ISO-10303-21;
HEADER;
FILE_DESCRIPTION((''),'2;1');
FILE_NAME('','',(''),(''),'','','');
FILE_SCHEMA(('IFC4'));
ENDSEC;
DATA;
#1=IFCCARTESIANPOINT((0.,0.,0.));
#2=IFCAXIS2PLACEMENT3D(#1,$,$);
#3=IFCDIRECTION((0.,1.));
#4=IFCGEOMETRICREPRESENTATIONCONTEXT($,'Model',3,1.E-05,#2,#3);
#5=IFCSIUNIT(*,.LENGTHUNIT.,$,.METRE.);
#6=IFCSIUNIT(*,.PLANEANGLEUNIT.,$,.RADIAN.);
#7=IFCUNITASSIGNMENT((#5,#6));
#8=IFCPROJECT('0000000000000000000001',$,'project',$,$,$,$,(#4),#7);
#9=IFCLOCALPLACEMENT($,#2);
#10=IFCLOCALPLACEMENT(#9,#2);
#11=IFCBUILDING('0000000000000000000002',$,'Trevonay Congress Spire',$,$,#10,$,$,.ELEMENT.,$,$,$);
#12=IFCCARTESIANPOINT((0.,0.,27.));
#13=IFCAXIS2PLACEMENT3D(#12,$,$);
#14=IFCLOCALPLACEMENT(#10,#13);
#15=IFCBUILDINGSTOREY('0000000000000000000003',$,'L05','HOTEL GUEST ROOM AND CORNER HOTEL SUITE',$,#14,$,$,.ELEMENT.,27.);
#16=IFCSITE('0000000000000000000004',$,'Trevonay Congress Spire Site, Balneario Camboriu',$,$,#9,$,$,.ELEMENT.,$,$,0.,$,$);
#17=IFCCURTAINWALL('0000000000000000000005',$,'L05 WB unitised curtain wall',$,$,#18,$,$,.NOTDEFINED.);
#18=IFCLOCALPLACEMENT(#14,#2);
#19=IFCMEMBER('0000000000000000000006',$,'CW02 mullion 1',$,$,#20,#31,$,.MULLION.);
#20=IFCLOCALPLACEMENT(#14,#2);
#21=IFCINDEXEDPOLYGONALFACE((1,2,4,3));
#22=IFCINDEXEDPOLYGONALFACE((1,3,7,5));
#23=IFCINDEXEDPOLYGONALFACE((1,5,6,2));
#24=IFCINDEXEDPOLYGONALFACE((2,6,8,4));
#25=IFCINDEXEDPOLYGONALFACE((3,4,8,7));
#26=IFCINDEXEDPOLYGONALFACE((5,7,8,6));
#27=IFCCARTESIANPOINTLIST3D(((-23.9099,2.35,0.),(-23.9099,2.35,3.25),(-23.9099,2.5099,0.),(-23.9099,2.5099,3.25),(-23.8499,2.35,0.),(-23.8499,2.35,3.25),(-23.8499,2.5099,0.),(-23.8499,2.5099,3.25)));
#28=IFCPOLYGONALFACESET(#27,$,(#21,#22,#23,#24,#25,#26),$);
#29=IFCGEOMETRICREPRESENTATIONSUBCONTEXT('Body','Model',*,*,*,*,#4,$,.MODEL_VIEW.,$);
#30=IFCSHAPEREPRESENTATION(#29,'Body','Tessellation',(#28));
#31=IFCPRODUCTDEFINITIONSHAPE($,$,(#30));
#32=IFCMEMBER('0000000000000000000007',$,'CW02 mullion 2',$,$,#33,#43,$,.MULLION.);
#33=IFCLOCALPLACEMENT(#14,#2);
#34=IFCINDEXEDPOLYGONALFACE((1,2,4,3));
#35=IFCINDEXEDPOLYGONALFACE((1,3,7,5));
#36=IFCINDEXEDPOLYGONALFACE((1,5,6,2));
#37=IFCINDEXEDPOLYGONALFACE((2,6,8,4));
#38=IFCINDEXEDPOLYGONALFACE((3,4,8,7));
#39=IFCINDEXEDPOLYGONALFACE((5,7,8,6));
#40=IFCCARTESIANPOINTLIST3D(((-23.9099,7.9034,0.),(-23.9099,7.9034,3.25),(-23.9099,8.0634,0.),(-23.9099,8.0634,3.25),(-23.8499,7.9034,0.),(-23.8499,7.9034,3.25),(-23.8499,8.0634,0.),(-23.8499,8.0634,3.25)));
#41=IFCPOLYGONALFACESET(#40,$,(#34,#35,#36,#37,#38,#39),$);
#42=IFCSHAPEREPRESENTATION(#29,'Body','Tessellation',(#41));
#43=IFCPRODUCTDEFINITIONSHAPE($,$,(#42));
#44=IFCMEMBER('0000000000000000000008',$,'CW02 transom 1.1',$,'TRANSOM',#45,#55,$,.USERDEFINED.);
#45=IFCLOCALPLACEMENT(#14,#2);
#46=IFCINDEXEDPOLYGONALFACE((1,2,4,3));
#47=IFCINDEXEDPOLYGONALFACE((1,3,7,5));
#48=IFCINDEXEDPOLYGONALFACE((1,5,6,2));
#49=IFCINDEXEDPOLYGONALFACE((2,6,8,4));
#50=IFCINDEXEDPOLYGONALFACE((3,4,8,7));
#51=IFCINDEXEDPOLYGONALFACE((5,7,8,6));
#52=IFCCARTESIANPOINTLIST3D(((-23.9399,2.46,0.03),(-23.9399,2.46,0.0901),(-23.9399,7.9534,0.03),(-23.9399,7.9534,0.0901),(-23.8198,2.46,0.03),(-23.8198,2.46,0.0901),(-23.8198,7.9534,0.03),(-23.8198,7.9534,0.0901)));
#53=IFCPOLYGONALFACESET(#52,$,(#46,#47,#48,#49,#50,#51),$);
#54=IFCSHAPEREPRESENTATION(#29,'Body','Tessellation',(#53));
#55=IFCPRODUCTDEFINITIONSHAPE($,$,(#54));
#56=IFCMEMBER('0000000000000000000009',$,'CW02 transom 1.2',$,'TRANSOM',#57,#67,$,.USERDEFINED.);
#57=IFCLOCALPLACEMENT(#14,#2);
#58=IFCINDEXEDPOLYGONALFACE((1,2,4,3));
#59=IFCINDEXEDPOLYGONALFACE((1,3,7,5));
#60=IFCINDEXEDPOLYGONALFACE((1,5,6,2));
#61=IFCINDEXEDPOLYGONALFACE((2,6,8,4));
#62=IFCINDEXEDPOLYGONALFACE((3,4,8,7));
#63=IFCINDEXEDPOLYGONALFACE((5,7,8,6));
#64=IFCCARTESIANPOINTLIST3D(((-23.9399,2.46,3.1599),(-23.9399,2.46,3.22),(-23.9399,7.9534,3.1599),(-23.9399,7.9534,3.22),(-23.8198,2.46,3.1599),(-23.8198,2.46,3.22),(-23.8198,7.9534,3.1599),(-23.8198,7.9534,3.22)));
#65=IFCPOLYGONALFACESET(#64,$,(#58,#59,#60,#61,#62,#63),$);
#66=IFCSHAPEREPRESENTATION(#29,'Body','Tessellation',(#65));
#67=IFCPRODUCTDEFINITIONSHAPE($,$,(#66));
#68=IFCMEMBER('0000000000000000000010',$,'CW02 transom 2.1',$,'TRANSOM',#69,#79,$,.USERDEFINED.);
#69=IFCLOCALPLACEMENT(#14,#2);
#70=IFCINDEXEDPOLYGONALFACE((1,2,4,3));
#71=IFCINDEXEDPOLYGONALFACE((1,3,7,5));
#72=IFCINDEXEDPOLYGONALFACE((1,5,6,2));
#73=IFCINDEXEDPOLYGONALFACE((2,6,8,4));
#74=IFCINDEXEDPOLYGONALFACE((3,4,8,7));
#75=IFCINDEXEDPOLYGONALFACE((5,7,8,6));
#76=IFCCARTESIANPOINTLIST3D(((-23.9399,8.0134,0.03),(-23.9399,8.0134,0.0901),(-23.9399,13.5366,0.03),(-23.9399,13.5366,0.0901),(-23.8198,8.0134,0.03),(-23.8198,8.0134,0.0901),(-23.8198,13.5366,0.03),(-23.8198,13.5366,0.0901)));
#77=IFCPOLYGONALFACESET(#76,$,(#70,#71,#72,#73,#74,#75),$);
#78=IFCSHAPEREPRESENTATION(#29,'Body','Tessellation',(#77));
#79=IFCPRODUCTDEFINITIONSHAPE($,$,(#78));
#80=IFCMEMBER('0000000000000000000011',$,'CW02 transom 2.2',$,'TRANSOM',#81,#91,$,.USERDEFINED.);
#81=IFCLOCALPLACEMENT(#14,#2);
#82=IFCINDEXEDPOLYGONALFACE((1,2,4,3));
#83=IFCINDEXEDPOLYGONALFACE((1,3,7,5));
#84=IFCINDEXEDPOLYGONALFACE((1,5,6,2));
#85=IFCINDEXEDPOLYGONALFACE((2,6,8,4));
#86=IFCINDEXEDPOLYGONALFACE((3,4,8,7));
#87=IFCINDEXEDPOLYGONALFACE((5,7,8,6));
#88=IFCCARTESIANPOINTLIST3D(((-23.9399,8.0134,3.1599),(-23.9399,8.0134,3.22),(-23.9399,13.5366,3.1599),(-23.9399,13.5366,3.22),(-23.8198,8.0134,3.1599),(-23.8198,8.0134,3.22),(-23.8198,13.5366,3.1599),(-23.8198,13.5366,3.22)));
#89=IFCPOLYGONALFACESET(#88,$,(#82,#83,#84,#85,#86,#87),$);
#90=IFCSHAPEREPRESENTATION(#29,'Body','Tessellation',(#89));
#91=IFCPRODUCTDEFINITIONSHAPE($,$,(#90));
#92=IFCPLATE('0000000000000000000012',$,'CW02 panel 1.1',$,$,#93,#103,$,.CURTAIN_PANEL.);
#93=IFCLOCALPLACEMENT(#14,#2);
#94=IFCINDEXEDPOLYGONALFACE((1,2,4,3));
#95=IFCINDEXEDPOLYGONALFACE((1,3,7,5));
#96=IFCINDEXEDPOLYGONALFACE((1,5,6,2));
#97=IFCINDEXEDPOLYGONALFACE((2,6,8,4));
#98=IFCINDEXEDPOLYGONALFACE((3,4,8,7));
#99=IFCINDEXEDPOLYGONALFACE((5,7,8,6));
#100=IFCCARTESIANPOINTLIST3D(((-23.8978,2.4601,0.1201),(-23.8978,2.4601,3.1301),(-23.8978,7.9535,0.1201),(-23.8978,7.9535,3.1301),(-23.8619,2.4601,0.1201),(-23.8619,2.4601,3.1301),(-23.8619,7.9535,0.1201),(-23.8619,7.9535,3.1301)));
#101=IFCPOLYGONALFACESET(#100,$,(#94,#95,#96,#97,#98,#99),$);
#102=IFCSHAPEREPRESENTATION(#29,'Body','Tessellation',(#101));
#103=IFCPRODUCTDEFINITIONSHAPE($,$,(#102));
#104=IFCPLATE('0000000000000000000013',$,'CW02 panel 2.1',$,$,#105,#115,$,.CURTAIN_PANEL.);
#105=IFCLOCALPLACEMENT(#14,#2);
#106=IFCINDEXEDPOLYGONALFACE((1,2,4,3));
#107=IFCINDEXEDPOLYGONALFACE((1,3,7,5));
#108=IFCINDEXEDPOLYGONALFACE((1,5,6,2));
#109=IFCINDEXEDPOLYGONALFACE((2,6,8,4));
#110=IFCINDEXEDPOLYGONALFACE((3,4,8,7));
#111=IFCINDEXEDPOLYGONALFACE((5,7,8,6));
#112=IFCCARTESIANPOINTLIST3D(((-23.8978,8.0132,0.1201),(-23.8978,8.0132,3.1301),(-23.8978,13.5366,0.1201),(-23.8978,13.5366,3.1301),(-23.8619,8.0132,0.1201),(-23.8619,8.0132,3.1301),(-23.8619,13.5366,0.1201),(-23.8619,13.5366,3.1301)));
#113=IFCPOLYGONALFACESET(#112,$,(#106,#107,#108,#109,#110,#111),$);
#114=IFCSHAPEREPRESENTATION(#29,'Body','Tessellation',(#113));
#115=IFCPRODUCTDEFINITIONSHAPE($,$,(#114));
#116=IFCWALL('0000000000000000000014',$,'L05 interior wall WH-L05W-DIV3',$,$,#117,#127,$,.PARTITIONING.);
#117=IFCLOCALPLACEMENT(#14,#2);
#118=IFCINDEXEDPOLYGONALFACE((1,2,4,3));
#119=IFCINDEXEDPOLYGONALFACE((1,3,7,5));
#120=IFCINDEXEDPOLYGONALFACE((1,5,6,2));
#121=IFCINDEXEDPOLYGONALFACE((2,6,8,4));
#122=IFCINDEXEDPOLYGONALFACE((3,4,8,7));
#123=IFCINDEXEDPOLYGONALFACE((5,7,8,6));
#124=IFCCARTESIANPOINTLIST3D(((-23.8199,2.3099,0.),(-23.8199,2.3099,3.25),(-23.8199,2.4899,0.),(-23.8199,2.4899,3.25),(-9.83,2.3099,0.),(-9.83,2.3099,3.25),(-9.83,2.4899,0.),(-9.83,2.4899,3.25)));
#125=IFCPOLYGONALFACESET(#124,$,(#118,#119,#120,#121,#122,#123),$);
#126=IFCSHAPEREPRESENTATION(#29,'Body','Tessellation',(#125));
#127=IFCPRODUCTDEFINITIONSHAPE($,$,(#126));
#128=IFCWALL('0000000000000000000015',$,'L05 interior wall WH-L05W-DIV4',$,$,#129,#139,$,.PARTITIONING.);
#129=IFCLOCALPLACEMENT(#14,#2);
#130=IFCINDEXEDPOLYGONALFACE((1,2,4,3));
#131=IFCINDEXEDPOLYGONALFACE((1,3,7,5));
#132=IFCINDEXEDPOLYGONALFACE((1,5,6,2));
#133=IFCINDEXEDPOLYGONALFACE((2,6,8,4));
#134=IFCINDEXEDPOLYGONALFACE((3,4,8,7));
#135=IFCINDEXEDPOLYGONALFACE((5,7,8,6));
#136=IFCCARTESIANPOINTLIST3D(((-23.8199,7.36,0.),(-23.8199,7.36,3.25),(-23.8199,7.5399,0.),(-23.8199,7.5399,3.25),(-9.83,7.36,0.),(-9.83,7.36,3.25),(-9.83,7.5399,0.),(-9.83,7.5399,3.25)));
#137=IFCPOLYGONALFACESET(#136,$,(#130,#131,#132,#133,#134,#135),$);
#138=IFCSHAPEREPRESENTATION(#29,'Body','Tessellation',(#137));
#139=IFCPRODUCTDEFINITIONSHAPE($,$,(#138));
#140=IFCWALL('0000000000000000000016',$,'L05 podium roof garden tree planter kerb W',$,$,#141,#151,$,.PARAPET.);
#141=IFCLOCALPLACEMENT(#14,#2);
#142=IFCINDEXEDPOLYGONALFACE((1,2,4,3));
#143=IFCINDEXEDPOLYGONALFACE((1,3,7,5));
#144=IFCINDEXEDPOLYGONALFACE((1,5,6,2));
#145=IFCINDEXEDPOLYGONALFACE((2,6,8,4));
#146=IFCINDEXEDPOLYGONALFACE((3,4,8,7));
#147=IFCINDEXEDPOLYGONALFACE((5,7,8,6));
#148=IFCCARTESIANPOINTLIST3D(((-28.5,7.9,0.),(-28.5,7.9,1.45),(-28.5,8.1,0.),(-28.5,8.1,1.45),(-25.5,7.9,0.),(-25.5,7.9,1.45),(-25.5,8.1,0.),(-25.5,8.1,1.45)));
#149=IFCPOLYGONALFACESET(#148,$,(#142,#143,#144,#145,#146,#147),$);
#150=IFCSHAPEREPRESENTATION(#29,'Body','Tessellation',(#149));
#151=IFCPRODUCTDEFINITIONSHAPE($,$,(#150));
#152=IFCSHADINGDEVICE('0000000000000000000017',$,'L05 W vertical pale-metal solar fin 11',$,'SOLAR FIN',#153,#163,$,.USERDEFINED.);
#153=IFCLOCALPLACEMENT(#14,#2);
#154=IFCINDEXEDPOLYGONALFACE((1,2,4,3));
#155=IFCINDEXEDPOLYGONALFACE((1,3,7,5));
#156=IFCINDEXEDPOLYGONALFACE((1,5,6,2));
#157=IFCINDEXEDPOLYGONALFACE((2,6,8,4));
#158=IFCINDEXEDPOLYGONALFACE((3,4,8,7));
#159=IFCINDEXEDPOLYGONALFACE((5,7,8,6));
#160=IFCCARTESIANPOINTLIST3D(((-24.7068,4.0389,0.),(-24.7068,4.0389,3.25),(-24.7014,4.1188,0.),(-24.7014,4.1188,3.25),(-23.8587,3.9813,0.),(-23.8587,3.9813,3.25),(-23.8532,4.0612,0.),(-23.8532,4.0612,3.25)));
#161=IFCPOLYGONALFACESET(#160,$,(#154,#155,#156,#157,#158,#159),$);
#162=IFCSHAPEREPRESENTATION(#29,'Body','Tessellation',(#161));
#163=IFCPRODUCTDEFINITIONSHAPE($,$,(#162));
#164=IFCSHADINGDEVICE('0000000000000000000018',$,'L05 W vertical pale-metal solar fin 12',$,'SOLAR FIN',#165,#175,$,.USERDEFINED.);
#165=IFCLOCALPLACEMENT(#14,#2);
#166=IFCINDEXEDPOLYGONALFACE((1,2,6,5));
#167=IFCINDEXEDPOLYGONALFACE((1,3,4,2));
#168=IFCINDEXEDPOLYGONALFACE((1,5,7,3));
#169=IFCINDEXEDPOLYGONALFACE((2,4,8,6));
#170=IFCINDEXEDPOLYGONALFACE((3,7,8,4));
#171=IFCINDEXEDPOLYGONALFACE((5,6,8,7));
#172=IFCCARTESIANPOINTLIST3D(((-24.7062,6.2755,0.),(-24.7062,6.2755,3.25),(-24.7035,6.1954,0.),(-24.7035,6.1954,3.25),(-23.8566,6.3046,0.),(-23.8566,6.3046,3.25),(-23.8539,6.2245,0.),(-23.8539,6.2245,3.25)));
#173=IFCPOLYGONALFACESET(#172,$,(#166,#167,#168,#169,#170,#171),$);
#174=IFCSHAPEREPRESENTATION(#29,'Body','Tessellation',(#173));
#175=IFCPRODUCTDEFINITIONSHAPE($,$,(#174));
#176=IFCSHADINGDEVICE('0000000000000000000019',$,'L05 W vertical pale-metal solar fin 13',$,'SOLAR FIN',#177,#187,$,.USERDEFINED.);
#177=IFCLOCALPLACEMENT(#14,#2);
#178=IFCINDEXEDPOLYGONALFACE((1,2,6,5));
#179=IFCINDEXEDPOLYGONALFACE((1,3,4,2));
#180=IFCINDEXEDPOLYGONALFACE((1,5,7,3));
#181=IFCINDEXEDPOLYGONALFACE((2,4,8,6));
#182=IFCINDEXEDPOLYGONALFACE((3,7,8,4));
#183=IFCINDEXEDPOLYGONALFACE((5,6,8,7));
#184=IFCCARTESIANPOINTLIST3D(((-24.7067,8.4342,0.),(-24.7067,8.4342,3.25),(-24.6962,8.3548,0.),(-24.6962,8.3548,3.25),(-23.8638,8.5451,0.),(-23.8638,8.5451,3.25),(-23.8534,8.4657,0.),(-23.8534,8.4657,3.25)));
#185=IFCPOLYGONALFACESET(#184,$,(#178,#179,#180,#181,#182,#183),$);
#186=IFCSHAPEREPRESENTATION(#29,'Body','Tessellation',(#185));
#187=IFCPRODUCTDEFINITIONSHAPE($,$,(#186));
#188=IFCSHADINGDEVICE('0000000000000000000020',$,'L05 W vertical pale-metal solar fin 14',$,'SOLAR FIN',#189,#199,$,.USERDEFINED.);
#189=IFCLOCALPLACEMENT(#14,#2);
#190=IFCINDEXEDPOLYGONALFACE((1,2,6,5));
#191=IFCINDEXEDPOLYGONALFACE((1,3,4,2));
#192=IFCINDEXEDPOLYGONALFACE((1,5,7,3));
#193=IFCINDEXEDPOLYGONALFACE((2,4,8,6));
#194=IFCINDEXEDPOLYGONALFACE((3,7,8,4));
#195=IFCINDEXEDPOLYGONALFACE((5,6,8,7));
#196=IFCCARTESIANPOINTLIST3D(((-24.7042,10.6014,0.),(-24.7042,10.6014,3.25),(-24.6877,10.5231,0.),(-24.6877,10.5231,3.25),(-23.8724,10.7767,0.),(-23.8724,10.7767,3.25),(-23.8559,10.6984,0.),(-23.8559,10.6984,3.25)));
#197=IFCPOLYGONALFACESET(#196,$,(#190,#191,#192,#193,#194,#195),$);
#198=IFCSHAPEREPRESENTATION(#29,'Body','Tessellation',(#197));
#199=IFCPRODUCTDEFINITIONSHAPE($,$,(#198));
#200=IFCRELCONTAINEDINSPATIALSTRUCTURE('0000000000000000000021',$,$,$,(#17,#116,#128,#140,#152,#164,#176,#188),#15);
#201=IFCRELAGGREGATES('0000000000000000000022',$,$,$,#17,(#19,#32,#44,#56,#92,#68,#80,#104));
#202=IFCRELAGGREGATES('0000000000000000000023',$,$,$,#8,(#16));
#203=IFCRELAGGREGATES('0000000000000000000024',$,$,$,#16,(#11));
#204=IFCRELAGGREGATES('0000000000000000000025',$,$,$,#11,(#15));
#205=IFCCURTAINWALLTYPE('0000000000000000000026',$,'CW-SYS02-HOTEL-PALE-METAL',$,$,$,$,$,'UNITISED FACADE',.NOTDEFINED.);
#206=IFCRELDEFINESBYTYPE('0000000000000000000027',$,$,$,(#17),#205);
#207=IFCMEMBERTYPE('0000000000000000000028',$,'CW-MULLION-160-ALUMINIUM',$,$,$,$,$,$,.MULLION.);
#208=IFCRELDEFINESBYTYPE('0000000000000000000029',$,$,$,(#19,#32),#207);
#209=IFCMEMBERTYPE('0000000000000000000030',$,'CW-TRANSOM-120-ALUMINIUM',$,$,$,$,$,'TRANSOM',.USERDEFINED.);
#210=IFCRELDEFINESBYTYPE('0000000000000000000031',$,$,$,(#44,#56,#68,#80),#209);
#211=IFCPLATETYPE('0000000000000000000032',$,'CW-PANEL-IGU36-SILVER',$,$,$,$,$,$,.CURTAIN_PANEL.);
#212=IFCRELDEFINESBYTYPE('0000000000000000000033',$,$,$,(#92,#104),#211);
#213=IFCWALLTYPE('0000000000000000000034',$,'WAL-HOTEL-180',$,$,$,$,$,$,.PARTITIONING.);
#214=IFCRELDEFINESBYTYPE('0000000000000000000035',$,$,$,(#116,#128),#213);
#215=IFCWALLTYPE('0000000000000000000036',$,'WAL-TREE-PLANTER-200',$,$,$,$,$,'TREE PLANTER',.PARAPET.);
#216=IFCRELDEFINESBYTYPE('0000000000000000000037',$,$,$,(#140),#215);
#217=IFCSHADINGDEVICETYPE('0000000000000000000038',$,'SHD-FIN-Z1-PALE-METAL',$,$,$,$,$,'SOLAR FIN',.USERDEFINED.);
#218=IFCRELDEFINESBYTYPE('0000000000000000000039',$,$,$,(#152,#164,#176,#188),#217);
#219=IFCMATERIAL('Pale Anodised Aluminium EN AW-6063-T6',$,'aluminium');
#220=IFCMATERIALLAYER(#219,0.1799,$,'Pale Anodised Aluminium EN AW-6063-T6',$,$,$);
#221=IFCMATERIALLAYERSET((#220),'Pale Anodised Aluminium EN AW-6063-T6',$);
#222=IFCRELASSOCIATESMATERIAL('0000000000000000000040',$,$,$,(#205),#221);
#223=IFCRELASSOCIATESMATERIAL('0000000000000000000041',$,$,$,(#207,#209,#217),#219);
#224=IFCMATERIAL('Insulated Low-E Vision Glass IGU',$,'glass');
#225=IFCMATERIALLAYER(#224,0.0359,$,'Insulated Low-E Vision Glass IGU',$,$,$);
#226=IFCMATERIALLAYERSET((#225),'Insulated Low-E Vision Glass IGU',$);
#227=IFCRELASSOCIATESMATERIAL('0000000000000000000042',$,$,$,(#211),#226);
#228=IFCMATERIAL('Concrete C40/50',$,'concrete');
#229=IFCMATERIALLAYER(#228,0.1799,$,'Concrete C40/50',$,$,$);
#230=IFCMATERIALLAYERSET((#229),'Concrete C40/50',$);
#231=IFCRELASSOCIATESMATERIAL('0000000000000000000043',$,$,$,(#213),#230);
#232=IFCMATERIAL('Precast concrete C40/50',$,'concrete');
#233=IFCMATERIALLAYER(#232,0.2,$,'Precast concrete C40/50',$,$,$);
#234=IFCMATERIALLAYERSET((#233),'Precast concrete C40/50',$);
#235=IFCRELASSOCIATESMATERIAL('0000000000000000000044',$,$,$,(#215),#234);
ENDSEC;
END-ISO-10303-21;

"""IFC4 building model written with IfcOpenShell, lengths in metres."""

from ifc_helpers import new_model, si_unit, direction, frame, frame_2d, origin, origin_2d, place, context, subcontext, project, spatial, rectangle, extrude, material, layer, layer_set, material_profile, profile_set, type_object, element, aggregate, save


model = new_model("IFC4")

# Units and contexts
model_context = context("Model", 3, precision=1e-05, world=origin(), true_north=direction((0.0, 1.0)))
body_context = subcontext(model_context, "Body", "Model", "MODEL_VIEW")
ifc_project = project(units=[si_unit("LENGTHUNIT", "METRE"), si_unit("PLANEANGLEUNIT", "RADIAN")], contexts=[model_context])

# Site, building, storey
site_placement = place(None, origin())
site = spatial("IfcSite", under=ifc_project, at=site_placement, Name="Trevonay Congress Spire Site, Balneario Camboriu", CompositionType="ELEMENT", RefElevation=0.0)
building_placement = place(site_placement, origin())
building = spatial("IfcBuilding", under=site, at=building_placement, Name="Trevonay Congress Spire", CompositionType="ELEMENT")
storey_placement = place(building_placement, frame((0.0, 0.0, 27.0)))
storey = spatial("IfcBuildingStorey", under=building, at=storey_placement, Name="L05", Description="HOTEL GUEST ROOM AND CORNER HOTEL SUITE", CompositionType="ELEMENT", Elevation=27.0)

# Curtain wall, members, plates
ifc_material_1 = material(Name="Pale Anodised Aluminium EN AW-6063-T6", Category="aluminium")
ifc_layer_1 = layer(ifc_material_1, 0.1799, Name="Pale Anodised Aluminium EN AW-6063-T6")
ifc_layer_set_1 = layer_set([ifc_layer_1], Name="Pale Anodised Aluminium EN AW-6063-T6")
curtain_wall_type = type_object("IfcCurtainWallType", Name="CW-SYS02-HOTEL-PALE-METAL", ElementType="UNITISED FACADE", PredefinedType="NOTDEFINED", material=ifc_layer_set_1)
curtain_wall_placement = place(storey_placement, origin())
curtain_wall = element("IfcCurtainWall", 1, at=curtain_wall_placement, inside=storey, type_object=curtain_wall_type, Name="L05 WB unitised curtain wall", PredefinedType="NOTDEFINED")
ifc_material_profile_1 = material_profile(ifc_material_1, rectangle(XDim=0.0601, YDim=0.1599, at=origin_2d()), Name="CW-MULLION-160-ALUMINIUM")
ifc_profile_set_1 = profile_set([ifc_material_profile_1], Name="Pale Anodised Aluminium EN AW-6063-T6")
member_type_1 = type_object("IfcMemberType", Name="CW-MULLION-160-ALUMINIUM", PredefinedType="MULLION", material=ifc_profile_set_1)
member_1_placement = place(storey_placement, frame((-23.8799, 2.4299, 0.0), z_axis=(0.0, 0.0, 1.0), x_axis=(-1.0, 0.0, 0.0)))
member_1 = element("IfcMember", 2, at=member_1_placement, type_object=member_type_1, Name="CW02 mullion 1", PredefinedType="MULLION", context=body_context, shape_type="SweptSolid", body=[
    extrude(rectangle(XDim=0.0601, YDim=0.1599, at=origin_2d()), origin(), (0.0, 0.0, 1.0), 3.25),
])
member_2_placement = place(storey_placement, frame((-23.8799, 7.9834, 0.0), z_axis=(0.0, 0.0, 1.0), x_axis=(-1.0, 0.0, 0.0)))
member_2 = element("IfcMember", 3, at=member_2_placement, type_object=member_type_1, Name="CW02 mullion 2", PredefinedType="MULLION", context=body_context, shape_type="SweptSolid", body=[
    extrude(rectangle(XDim=0.0601, YDim=0.1599, at=origin_2d()), origin(), (0.0, 0.0, 1.0), 3.25),
])
ifc_material_profile_2 = material_profile(ifc_material_1, rectangle(XDim=0.1201, YDim=0.0601, at=origin_2d()), Name="CW-TRANSOM-120-ALUMINIUM")
ifc_profile_set_2 = profile_set([ifc_material_profile_2], Name="Pale Anodised Aluminium EN AW-6063-T6")
member_type_2 = type_object("IfcMemberType", Name="CW-TRANSOM-120-ALUMINIUM", ElementType="TRANSOM", PredefinedType="USERDEFINED", material=ifc_profile_set_2)
member_3_placement = place(storey_placement, frame((-23.8799, 2.46, 0.0601), z_axis=(0.0, 1.0, 0.0), x_axis=(-1.0, 0.0, 0.0)))
member_3 = element("IfcMember", 4, at=member_3_placement, type_object=member_type_2, Name="CW02 transom 1.1", ObjectType="TRANSOM", PredefinedType="USERDEFINED", context=body_context, shape_type="SweptSolid", body=[
    extrude(rectangle(XDim=0.1201, YDim=0.0601, at=origin_2d()), origin(), (0.0, 0.0, 1.0), 5.4934),
])
member_4_placement = place(storey_placement, frame((-23.8799, 2.46, 3.1899), z_axis=(0.0, 1.0, 0.0), x_axis=(-1.0, 0.0, 0.0)))
member_4 = element("IfcMember", 5, at=member_4_placement, type_object=member_type_2, Name="CW02 transom 1.2", ObjectType="TRANSOM", PredefinedType="USERDEFINED", context=body_context, shape_type="SweptSolid", body=[
    extrude(rectangle(XDim=0.1201, YDim=0.0601, at=origin_2d()), origin(), (0.0, 0.0, 1.0), 5.4934),
])
member_5_placement = place(storey_placement, frame((-23.8799, 8.0134, 0.0601), z_axis=(0.0, 1.0, 0.0), x_axis=(-1.0, 0.0, 0.0)))
member_5 = element("IfcMember", 6, at=member_5_placement, type_object=member_type_2, Name="CW02 transom 2.1", ObjectType="TRANSOM", PredefinedType="USERDEFINED", context=body_context, shape_type="SweptSolid", body=[
    extrude(rectangle(XDim=0.1201, YDim=0.0601, at=origin_2d()), origin(), (0.0, 0.0, 1.0), 5.5232),
])
member_6_placement = place(storey_placement, frame((-23.8799, 8.0134, 3.1899), z_axis=(0.0, 1.0, 0.0), x_axis=(-1.0, 0.0, 0.0)))
member_6 = element("IfcMember", 7, at=member_6_placement, type_object=member_type_2, Name="CW02 transom 2.2", ObjectType="TRANSOM", PredefinedType="USERDEFINED", context=body_context, shape_type="SweptSolid", body=[
    extrude(rectangle(XDim=0.1201, YDim=0.0601, at=origin_2d()), origin(), (0.0, 0.0, 1.0), 5.5232),
])
ifc_material_2 = material(Name="Insulated Low-E Vision Glass IGU", Category="glass")
ifc_layer_2 = layer(ifc_material_2, 0.0359, Name="Insulated Low-E Vision Glass IGU")
ifc_layer_set_2 = layer_set([ifc_layer_2], Name="Insulated Low-E Vision Glass IGU")
plate_type = type_object("IfcPlateType", Name="CW-PANEL-IGU36-SILVER", PredefinedType="CURTAIN_PANEL", material=ifc_layer_set_2)
plate_1_placement = place(storey_placement, frame((-23.8799, 5.2068, 0.1201), z_axis=(0.0, 0.0, 1.0), x_axis=(0.0, 1.0, 0.0)))
plate_1 = element("IfcPlate", 8, at=plate_1_placement, type_object=plate_type, Name="CW02 panel 1.1", PredefinedType="CURTAIN_PANEL", context=body_context, shape_type="SweptSolid", body=[
    extrude(rectangle(XDim=5.4934, YDim=0.0359, at=origin_2d()), origin(), (0.0, 0.0, 1.0), 3.01),
])
plate_2_placement = place(storey_placement, frame((-23.8799, 10.7749, 0.1201), z_axis=(0.0, 0.0, 1.0), x_axis=(0.0, 1.0, 0.0)))
plate_2 = element("IfcPlate", 9, at=plate_2_placement, type_object=plate_type, Name="CW02 panel 2.1", PredefinedType="CURTAIN_PANEL", context=body_context, shape_type="SweptSolid", body=[
    extrude(rectangle(XDim=5.5234, YDim=0.0359, at=origin_2d()), origin(), (0.0, 0.0, 1.0), 3.01),
])
aggregate(curtain_wall, [member_1, member_2, member_3, member_4, plate_1, member_5, member_6, plate_2])

# Walls
ifc_material_3 = material(Name="Concrete C40/50", Category="concrete")
ifc_layer_3 = layer(ifc_material_3, 0.1799, Name="Concrete C40/50")
ifc_layer_set_3 = layer_set([ifc_layer_3], Name="Concrete C40/50")
wall_type_1 = type_object("IfcWallType", Name="WAL-HOTEL-180", PredefinedType="PARTITIONING", material=ifc_layer_set_3)
for number, where, z_axis, x_axis, name in (
    (10, (-23.8201, 2.3999, 0.0), (0.0, 0.0, 1.0), (1.0, 0.0, 0.0), "L05 interior wall WH-L05W-DIV3"),
    (11, (-23.8201, 7.45, 0.0), (0.0, 0.0, 1.0), (1.0, 0.0, 0.0), "L05 interior wall WH-L05W-DIV4"),
):
    element("IfcWall", number, at=place(storey_placement, frame(where, z_axis=z_axis, x_axis=x_axis)), inside=storey, type_object=wall_type_1, Name=name, PredefinedType="PARTITIONING", context=body_context, shape_type="SweptSolid", body=[
        extrude(rectangle(XDim=13.99, YDim=0.1799, at=frame_2d((6.9951, 0.0))), origin(), (0.0, 0.0, 1.0), 3.25),
    ])
ifc_material_4 = material(Name="Precast concrete C40/50", Category="concrete")
ifc_layer_4 = layer(ifc_material_4, 0.2, Name="Precast concrete C40/50")
ifc_layer_set_4 = layer_set([ifc_layer_4], Name="Precast concrete C40/50")
wall_type_2 = type_object("IfcWallType", Name="WAL-TREE-PLANTER-200", ElementType="TREE PLANTER", PredefinedType="PARAPET", material=ifc_layer_set_4)
wall_placement = place(storey_placement, frame((-28.5, 8.0, 0.0), z_axis=(0.0, 0.0, 1.0), x_axis=(1.0, 0.0, 0.0)))
element("IfcWall", 12, at=wall_placement, inside=storey, type_object=wall_type_2, Name="L05 podium roof garden tree planter kerb W", PredefinedType="PARAPET", context=body_context, shape_type="SweptSolid", body=[
    extrude(rectangle(XDim=3.0, YDim=0.2, at=frame_2d((1.5, 0.0))), origin(), (0.0, 0.0, 1.0), 1.45),
])

# Shading devices
shading_device_type = type_object("IfcShadingDeviceType", Name="SHD-FIN-Z1-PALE-METAL", ElementType="SOLAR FIN", PredefinedType="USERDEFINED", material=ifc_material_1)
for number, where, z_axis, x_axis, name in (
    (13, (-24.28, 4.05, 0.0), (0.0, 0.0, 1.0), (0.067667, 0.997708, 0.0), "L05 W vertical pale-metal solar fin 11"),
    (14, (-24.28, 6.25, 0.0), (0.0, 0.0, 1.0), (-0.034202, 0.999415, 0.0), "L05 W vertical pale-metal solar fin 12"),
    (15, (-24.28, 8.45, 0.0), (0.0, 0.0, 1.0), (-0.130526, 0.991445, 0.0), "L05 W vertical pale-metal solar fin 13"),
    (16, (-24.28, 10.6499, 0.0), (0.0, 0.0, 1.0), (-0.206204, 0.978509, 0.0), "L05 W vertical pale-metal solar fin 14"),
):
    element("IfcShadingDevice", number, at=place(storey_placement, frame(where, z_axis=z_axis, x_axis=x_axis)), inside=storey, type_object=shading_device_type, Name=name, ObjectType="SOLAR FIN", PredefinedType="USERDEFINED", context=body_context, shape_type="SweptSolid", body=[
        extrude(rectangle(XDim=0.0801, YDim=0.8501, at=origin_2d()), origin(), (0.0, 0.0, 1.0), 3.25),
    ])

save(model, "model.ifc")
